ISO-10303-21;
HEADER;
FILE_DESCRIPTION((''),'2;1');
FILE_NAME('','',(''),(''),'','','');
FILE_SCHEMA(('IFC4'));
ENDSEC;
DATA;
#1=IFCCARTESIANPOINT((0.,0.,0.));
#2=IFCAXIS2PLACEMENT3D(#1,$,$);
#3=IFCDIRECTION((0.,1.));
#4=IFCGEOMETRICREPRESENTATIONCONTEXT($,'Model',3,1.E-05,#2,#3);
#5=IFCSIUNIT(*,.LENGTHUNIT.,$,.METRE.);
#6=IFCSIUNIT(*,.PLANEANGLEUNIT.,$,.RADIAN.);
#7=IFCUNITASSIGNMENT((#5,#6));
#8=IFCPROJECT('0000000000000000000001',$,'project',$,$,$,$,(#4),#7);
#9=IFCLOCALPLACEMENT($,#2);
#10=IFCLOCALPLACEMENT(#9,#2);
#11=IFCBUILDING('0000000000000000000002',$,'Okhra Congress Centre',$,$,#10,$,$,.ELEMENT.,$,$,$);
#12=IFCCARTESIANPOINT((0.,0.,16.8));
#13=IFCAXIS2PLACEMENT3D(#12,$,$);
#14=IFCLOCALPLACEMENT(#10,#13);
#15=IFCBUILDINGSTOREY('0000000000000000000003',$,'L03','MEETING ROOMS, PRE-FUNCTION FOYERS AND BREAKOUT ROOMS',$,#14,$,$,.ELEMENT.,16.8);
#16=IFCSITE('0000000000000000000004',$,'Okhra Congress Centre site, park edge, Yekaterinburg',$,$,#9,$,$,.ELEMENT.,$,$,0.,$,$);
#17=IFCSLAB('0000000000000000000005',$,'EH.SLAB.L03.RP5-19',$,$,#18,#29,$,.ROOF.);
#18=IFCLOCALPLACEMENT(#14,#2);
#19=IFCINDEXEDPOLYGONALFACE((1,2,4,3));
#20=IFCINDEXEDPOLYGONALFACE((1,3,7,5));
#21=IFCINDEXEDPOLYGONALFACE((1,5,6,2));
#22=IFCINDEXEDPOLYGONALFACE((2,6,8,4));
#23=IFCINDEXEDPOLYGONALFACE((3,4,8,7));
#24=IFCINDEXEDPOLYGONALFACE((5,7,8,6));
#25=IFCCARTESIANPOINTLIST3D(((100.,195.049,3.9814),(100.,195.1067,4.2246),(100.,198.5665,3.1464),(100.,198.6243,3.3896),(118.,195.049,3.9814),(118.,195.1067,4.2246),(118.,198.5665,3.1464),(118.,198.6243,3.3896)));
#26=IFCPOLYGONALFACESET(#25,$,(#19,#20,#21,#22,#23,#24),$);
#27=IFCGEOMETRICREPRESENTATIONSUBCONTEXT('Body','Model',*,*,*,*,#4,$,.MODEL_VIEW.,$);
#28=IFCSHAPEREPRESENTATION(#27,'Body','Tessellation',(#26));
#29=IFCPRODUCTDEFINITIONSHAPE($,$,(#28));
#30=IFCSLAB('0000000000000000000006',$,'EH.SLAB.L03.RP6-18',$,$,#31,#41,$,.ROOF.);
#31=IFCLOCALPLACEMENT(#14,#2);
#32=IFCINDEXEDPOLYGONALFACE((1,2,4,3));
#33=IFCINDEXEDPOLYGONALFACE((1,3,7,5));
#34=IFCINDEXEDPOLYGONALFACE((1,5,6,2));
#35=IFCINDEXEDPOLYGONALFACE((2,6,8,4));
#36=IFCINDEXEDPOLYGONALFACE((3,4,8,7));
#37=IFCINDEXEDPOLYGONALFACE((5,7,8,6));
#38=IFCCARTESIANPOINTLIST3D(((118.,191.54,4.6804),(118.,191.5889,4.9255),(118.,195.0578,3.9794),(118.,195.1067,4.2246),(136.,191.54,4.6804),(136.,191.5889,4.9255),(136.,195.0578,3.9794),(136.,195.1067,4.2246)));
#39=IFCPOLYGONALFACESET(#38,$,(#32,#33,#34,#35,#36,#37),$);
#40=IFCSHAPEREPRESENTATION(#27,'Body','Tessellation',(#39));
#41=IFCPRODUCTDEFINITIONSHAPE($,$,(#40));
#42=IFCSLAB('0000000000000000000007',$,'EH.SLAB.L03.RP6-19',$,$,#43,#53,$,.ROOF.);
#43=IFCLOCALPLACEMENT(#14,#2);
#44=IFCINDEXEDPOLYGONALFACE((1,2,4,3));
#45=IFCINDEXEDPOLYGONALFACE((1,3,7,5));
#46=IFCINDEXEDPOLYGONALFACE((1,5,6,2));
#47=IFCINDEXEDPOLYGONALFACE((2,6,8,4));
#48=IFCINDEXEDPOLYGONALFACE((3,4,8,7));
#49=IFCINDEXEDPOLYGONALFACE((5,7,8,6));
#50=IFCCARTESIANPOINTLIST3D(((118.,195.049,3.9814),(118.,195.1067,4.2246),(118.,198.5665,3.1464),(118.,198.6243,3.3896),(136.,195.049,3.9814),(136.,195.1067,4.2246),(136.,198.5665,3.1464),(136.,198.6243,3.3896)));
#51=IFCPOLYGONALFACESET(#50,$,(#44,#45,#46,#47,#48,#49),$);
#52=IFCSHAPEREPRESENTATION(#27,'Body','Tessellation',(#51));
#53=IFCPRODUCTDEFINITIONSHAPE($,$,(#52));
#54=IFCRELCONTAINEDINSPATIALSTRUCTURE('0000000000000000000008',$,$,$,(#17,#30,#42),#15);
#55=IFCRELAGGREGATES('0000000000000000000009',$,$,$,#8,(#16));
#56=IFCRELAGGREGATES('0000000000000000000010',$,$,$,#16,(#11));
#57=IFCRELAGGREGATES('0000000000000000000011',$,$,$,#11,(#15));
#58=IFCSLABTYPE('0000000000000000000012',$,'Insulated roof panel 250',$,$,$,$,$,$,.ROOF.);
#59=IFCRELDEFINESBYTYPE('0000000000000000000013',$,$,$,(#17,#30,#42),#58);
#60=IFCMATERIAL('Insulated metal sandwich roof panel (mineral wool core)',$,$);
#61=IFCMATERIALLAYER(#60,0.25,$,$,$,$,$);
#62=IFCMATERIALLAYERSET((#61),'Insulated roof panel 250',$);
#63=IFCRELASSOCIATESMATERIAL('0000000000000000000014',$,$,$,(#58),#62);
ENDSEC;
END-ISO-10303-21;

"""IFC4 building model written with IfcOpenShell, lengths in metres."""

from ifc_helpers import new_model, si_unit, direction, frame, origin, place, context, subcontext, project, spatial, polyline, outline, extrude, material, layer, layer_set, type_object, element, save


model = new_model("IFC4")

# Units and contexts
model_context = context("Model", 3, precision=1e-05, world=origin(), true_north=direction((0.0, 1.0)))
body_context = subcontext(model_context, "Body", "Model", "MODEL_VIEW")
ifc_project = project(units=[si_unit("LENGTHUNIT", "METRE"), si_unit("PLANEANGLEUNIT", "RADIAN")], contexts=[model_context])

# Site, building, storey
site_placement = place(None, origin())
site = spatial("IfcSite", under=ifc_project, at=site_placement, Name="Okhra Congress Centre site, park edge, Yekaterinburg", CompositionType="ELEMENT", RefElevation=0.0)
building_placement = place(site_placement, origin())
building = spatial("IfcBuilding", under=site, at=building_placement, Name="Okhra Congress Centre", CompositionType="ELEMENT")
storey_placement = place(building_placement, frame((0.0, 0.0, 16.8)))
storey = spatial("IfcBuildingStorey", under=building, at=storey_placement, Name="L03", Description="MEETING ROOMS, PRE-FUNCTION FOYERS AND BREAKOUT ROOMS", CompositionType="ELEMENT", Elevation=16.8)

# Slabs
ifc_material_1 = material(Name="Insulated metal sandwich roof panel (mineral wool core)")
ifc_layer = layer(ifc_material_1, 0.25)
ifc_layer_set = layer_set([ifc_layer], Name="Insulated roof panel 250")
slab_type = type_object("IfcSlabType", Name="Insulated roof panel 250", PredefinedType="ROOF", material=ifc_layer_set)
slab_1_placement = place(storey_placement, frame((100.0, 195.1067, 4.2246), z_axis=(0.0, 0.230951, 0.972965), x_axis=(1.0, 0.0, 0.0)))
element("IfcSlab", 1, at=slab_1_placement, inside=storey, type_object=slab_type, Name="EH.SLAB.L03.RP5-19", PredefinedType="ROOF", context=body_context, shape_type="SweptSolid", body=[
    extrude(outline(polyline([(0.0, 0.0), (18.0, 0.0), (18.0, 3.6153), (0.0, 3.6153), (0.0, 0.0)])), origin(), (0.0, 0.0, -1.0), 0.25),
])
slab_2_placement = place(storey_placement, frame((118.0, 191.5889, 4.9255), z_axis=(0.0, 0.195409, 0.980722), x_axis=(1.0, 0.0, 0.0)))
element("IfcSlab", 2, at=slab_2_placement, inside=storey, type_object=slab_type, Name="EH.SLAB.L03.RP6-18", PredefinedType="ROOF", context=body_context, shape_type="SweptSolid", body=[
    extrude(outline(polyline([(0.0, 0.0), (18.0, 0.0), (18.0, 3.587), (0.0, 3.587), (0.0, 0.0)])), origin(), (0.0, 0.0, -1.0), 0.25),
])
slab_3_placement = place(storey_placement, frame((118.0, 195.1067, 4.2246), z_axis=(0.0, 0.230951, 0.972965), x_axis=(1.0, 0.0, 0.0)))
element("IfcSlab", 3, at=slab_3_placement, inside=storey, type_object=slab_type, Name="EH.SLAB.L03.RP6-19", PredefinedType="ROOF", context=body_context, shape_type="SweptSolid", body=[
    extrude(outline(polyline([(0.0, 0.0), (18.0, 0.0), (18.0, 3.6153), (0.0, 3.6153), (0.0, 0.0)])), origin(), (0.0, 0.0, -1.0), 0.25),
])

save(model, "model.ifc")
